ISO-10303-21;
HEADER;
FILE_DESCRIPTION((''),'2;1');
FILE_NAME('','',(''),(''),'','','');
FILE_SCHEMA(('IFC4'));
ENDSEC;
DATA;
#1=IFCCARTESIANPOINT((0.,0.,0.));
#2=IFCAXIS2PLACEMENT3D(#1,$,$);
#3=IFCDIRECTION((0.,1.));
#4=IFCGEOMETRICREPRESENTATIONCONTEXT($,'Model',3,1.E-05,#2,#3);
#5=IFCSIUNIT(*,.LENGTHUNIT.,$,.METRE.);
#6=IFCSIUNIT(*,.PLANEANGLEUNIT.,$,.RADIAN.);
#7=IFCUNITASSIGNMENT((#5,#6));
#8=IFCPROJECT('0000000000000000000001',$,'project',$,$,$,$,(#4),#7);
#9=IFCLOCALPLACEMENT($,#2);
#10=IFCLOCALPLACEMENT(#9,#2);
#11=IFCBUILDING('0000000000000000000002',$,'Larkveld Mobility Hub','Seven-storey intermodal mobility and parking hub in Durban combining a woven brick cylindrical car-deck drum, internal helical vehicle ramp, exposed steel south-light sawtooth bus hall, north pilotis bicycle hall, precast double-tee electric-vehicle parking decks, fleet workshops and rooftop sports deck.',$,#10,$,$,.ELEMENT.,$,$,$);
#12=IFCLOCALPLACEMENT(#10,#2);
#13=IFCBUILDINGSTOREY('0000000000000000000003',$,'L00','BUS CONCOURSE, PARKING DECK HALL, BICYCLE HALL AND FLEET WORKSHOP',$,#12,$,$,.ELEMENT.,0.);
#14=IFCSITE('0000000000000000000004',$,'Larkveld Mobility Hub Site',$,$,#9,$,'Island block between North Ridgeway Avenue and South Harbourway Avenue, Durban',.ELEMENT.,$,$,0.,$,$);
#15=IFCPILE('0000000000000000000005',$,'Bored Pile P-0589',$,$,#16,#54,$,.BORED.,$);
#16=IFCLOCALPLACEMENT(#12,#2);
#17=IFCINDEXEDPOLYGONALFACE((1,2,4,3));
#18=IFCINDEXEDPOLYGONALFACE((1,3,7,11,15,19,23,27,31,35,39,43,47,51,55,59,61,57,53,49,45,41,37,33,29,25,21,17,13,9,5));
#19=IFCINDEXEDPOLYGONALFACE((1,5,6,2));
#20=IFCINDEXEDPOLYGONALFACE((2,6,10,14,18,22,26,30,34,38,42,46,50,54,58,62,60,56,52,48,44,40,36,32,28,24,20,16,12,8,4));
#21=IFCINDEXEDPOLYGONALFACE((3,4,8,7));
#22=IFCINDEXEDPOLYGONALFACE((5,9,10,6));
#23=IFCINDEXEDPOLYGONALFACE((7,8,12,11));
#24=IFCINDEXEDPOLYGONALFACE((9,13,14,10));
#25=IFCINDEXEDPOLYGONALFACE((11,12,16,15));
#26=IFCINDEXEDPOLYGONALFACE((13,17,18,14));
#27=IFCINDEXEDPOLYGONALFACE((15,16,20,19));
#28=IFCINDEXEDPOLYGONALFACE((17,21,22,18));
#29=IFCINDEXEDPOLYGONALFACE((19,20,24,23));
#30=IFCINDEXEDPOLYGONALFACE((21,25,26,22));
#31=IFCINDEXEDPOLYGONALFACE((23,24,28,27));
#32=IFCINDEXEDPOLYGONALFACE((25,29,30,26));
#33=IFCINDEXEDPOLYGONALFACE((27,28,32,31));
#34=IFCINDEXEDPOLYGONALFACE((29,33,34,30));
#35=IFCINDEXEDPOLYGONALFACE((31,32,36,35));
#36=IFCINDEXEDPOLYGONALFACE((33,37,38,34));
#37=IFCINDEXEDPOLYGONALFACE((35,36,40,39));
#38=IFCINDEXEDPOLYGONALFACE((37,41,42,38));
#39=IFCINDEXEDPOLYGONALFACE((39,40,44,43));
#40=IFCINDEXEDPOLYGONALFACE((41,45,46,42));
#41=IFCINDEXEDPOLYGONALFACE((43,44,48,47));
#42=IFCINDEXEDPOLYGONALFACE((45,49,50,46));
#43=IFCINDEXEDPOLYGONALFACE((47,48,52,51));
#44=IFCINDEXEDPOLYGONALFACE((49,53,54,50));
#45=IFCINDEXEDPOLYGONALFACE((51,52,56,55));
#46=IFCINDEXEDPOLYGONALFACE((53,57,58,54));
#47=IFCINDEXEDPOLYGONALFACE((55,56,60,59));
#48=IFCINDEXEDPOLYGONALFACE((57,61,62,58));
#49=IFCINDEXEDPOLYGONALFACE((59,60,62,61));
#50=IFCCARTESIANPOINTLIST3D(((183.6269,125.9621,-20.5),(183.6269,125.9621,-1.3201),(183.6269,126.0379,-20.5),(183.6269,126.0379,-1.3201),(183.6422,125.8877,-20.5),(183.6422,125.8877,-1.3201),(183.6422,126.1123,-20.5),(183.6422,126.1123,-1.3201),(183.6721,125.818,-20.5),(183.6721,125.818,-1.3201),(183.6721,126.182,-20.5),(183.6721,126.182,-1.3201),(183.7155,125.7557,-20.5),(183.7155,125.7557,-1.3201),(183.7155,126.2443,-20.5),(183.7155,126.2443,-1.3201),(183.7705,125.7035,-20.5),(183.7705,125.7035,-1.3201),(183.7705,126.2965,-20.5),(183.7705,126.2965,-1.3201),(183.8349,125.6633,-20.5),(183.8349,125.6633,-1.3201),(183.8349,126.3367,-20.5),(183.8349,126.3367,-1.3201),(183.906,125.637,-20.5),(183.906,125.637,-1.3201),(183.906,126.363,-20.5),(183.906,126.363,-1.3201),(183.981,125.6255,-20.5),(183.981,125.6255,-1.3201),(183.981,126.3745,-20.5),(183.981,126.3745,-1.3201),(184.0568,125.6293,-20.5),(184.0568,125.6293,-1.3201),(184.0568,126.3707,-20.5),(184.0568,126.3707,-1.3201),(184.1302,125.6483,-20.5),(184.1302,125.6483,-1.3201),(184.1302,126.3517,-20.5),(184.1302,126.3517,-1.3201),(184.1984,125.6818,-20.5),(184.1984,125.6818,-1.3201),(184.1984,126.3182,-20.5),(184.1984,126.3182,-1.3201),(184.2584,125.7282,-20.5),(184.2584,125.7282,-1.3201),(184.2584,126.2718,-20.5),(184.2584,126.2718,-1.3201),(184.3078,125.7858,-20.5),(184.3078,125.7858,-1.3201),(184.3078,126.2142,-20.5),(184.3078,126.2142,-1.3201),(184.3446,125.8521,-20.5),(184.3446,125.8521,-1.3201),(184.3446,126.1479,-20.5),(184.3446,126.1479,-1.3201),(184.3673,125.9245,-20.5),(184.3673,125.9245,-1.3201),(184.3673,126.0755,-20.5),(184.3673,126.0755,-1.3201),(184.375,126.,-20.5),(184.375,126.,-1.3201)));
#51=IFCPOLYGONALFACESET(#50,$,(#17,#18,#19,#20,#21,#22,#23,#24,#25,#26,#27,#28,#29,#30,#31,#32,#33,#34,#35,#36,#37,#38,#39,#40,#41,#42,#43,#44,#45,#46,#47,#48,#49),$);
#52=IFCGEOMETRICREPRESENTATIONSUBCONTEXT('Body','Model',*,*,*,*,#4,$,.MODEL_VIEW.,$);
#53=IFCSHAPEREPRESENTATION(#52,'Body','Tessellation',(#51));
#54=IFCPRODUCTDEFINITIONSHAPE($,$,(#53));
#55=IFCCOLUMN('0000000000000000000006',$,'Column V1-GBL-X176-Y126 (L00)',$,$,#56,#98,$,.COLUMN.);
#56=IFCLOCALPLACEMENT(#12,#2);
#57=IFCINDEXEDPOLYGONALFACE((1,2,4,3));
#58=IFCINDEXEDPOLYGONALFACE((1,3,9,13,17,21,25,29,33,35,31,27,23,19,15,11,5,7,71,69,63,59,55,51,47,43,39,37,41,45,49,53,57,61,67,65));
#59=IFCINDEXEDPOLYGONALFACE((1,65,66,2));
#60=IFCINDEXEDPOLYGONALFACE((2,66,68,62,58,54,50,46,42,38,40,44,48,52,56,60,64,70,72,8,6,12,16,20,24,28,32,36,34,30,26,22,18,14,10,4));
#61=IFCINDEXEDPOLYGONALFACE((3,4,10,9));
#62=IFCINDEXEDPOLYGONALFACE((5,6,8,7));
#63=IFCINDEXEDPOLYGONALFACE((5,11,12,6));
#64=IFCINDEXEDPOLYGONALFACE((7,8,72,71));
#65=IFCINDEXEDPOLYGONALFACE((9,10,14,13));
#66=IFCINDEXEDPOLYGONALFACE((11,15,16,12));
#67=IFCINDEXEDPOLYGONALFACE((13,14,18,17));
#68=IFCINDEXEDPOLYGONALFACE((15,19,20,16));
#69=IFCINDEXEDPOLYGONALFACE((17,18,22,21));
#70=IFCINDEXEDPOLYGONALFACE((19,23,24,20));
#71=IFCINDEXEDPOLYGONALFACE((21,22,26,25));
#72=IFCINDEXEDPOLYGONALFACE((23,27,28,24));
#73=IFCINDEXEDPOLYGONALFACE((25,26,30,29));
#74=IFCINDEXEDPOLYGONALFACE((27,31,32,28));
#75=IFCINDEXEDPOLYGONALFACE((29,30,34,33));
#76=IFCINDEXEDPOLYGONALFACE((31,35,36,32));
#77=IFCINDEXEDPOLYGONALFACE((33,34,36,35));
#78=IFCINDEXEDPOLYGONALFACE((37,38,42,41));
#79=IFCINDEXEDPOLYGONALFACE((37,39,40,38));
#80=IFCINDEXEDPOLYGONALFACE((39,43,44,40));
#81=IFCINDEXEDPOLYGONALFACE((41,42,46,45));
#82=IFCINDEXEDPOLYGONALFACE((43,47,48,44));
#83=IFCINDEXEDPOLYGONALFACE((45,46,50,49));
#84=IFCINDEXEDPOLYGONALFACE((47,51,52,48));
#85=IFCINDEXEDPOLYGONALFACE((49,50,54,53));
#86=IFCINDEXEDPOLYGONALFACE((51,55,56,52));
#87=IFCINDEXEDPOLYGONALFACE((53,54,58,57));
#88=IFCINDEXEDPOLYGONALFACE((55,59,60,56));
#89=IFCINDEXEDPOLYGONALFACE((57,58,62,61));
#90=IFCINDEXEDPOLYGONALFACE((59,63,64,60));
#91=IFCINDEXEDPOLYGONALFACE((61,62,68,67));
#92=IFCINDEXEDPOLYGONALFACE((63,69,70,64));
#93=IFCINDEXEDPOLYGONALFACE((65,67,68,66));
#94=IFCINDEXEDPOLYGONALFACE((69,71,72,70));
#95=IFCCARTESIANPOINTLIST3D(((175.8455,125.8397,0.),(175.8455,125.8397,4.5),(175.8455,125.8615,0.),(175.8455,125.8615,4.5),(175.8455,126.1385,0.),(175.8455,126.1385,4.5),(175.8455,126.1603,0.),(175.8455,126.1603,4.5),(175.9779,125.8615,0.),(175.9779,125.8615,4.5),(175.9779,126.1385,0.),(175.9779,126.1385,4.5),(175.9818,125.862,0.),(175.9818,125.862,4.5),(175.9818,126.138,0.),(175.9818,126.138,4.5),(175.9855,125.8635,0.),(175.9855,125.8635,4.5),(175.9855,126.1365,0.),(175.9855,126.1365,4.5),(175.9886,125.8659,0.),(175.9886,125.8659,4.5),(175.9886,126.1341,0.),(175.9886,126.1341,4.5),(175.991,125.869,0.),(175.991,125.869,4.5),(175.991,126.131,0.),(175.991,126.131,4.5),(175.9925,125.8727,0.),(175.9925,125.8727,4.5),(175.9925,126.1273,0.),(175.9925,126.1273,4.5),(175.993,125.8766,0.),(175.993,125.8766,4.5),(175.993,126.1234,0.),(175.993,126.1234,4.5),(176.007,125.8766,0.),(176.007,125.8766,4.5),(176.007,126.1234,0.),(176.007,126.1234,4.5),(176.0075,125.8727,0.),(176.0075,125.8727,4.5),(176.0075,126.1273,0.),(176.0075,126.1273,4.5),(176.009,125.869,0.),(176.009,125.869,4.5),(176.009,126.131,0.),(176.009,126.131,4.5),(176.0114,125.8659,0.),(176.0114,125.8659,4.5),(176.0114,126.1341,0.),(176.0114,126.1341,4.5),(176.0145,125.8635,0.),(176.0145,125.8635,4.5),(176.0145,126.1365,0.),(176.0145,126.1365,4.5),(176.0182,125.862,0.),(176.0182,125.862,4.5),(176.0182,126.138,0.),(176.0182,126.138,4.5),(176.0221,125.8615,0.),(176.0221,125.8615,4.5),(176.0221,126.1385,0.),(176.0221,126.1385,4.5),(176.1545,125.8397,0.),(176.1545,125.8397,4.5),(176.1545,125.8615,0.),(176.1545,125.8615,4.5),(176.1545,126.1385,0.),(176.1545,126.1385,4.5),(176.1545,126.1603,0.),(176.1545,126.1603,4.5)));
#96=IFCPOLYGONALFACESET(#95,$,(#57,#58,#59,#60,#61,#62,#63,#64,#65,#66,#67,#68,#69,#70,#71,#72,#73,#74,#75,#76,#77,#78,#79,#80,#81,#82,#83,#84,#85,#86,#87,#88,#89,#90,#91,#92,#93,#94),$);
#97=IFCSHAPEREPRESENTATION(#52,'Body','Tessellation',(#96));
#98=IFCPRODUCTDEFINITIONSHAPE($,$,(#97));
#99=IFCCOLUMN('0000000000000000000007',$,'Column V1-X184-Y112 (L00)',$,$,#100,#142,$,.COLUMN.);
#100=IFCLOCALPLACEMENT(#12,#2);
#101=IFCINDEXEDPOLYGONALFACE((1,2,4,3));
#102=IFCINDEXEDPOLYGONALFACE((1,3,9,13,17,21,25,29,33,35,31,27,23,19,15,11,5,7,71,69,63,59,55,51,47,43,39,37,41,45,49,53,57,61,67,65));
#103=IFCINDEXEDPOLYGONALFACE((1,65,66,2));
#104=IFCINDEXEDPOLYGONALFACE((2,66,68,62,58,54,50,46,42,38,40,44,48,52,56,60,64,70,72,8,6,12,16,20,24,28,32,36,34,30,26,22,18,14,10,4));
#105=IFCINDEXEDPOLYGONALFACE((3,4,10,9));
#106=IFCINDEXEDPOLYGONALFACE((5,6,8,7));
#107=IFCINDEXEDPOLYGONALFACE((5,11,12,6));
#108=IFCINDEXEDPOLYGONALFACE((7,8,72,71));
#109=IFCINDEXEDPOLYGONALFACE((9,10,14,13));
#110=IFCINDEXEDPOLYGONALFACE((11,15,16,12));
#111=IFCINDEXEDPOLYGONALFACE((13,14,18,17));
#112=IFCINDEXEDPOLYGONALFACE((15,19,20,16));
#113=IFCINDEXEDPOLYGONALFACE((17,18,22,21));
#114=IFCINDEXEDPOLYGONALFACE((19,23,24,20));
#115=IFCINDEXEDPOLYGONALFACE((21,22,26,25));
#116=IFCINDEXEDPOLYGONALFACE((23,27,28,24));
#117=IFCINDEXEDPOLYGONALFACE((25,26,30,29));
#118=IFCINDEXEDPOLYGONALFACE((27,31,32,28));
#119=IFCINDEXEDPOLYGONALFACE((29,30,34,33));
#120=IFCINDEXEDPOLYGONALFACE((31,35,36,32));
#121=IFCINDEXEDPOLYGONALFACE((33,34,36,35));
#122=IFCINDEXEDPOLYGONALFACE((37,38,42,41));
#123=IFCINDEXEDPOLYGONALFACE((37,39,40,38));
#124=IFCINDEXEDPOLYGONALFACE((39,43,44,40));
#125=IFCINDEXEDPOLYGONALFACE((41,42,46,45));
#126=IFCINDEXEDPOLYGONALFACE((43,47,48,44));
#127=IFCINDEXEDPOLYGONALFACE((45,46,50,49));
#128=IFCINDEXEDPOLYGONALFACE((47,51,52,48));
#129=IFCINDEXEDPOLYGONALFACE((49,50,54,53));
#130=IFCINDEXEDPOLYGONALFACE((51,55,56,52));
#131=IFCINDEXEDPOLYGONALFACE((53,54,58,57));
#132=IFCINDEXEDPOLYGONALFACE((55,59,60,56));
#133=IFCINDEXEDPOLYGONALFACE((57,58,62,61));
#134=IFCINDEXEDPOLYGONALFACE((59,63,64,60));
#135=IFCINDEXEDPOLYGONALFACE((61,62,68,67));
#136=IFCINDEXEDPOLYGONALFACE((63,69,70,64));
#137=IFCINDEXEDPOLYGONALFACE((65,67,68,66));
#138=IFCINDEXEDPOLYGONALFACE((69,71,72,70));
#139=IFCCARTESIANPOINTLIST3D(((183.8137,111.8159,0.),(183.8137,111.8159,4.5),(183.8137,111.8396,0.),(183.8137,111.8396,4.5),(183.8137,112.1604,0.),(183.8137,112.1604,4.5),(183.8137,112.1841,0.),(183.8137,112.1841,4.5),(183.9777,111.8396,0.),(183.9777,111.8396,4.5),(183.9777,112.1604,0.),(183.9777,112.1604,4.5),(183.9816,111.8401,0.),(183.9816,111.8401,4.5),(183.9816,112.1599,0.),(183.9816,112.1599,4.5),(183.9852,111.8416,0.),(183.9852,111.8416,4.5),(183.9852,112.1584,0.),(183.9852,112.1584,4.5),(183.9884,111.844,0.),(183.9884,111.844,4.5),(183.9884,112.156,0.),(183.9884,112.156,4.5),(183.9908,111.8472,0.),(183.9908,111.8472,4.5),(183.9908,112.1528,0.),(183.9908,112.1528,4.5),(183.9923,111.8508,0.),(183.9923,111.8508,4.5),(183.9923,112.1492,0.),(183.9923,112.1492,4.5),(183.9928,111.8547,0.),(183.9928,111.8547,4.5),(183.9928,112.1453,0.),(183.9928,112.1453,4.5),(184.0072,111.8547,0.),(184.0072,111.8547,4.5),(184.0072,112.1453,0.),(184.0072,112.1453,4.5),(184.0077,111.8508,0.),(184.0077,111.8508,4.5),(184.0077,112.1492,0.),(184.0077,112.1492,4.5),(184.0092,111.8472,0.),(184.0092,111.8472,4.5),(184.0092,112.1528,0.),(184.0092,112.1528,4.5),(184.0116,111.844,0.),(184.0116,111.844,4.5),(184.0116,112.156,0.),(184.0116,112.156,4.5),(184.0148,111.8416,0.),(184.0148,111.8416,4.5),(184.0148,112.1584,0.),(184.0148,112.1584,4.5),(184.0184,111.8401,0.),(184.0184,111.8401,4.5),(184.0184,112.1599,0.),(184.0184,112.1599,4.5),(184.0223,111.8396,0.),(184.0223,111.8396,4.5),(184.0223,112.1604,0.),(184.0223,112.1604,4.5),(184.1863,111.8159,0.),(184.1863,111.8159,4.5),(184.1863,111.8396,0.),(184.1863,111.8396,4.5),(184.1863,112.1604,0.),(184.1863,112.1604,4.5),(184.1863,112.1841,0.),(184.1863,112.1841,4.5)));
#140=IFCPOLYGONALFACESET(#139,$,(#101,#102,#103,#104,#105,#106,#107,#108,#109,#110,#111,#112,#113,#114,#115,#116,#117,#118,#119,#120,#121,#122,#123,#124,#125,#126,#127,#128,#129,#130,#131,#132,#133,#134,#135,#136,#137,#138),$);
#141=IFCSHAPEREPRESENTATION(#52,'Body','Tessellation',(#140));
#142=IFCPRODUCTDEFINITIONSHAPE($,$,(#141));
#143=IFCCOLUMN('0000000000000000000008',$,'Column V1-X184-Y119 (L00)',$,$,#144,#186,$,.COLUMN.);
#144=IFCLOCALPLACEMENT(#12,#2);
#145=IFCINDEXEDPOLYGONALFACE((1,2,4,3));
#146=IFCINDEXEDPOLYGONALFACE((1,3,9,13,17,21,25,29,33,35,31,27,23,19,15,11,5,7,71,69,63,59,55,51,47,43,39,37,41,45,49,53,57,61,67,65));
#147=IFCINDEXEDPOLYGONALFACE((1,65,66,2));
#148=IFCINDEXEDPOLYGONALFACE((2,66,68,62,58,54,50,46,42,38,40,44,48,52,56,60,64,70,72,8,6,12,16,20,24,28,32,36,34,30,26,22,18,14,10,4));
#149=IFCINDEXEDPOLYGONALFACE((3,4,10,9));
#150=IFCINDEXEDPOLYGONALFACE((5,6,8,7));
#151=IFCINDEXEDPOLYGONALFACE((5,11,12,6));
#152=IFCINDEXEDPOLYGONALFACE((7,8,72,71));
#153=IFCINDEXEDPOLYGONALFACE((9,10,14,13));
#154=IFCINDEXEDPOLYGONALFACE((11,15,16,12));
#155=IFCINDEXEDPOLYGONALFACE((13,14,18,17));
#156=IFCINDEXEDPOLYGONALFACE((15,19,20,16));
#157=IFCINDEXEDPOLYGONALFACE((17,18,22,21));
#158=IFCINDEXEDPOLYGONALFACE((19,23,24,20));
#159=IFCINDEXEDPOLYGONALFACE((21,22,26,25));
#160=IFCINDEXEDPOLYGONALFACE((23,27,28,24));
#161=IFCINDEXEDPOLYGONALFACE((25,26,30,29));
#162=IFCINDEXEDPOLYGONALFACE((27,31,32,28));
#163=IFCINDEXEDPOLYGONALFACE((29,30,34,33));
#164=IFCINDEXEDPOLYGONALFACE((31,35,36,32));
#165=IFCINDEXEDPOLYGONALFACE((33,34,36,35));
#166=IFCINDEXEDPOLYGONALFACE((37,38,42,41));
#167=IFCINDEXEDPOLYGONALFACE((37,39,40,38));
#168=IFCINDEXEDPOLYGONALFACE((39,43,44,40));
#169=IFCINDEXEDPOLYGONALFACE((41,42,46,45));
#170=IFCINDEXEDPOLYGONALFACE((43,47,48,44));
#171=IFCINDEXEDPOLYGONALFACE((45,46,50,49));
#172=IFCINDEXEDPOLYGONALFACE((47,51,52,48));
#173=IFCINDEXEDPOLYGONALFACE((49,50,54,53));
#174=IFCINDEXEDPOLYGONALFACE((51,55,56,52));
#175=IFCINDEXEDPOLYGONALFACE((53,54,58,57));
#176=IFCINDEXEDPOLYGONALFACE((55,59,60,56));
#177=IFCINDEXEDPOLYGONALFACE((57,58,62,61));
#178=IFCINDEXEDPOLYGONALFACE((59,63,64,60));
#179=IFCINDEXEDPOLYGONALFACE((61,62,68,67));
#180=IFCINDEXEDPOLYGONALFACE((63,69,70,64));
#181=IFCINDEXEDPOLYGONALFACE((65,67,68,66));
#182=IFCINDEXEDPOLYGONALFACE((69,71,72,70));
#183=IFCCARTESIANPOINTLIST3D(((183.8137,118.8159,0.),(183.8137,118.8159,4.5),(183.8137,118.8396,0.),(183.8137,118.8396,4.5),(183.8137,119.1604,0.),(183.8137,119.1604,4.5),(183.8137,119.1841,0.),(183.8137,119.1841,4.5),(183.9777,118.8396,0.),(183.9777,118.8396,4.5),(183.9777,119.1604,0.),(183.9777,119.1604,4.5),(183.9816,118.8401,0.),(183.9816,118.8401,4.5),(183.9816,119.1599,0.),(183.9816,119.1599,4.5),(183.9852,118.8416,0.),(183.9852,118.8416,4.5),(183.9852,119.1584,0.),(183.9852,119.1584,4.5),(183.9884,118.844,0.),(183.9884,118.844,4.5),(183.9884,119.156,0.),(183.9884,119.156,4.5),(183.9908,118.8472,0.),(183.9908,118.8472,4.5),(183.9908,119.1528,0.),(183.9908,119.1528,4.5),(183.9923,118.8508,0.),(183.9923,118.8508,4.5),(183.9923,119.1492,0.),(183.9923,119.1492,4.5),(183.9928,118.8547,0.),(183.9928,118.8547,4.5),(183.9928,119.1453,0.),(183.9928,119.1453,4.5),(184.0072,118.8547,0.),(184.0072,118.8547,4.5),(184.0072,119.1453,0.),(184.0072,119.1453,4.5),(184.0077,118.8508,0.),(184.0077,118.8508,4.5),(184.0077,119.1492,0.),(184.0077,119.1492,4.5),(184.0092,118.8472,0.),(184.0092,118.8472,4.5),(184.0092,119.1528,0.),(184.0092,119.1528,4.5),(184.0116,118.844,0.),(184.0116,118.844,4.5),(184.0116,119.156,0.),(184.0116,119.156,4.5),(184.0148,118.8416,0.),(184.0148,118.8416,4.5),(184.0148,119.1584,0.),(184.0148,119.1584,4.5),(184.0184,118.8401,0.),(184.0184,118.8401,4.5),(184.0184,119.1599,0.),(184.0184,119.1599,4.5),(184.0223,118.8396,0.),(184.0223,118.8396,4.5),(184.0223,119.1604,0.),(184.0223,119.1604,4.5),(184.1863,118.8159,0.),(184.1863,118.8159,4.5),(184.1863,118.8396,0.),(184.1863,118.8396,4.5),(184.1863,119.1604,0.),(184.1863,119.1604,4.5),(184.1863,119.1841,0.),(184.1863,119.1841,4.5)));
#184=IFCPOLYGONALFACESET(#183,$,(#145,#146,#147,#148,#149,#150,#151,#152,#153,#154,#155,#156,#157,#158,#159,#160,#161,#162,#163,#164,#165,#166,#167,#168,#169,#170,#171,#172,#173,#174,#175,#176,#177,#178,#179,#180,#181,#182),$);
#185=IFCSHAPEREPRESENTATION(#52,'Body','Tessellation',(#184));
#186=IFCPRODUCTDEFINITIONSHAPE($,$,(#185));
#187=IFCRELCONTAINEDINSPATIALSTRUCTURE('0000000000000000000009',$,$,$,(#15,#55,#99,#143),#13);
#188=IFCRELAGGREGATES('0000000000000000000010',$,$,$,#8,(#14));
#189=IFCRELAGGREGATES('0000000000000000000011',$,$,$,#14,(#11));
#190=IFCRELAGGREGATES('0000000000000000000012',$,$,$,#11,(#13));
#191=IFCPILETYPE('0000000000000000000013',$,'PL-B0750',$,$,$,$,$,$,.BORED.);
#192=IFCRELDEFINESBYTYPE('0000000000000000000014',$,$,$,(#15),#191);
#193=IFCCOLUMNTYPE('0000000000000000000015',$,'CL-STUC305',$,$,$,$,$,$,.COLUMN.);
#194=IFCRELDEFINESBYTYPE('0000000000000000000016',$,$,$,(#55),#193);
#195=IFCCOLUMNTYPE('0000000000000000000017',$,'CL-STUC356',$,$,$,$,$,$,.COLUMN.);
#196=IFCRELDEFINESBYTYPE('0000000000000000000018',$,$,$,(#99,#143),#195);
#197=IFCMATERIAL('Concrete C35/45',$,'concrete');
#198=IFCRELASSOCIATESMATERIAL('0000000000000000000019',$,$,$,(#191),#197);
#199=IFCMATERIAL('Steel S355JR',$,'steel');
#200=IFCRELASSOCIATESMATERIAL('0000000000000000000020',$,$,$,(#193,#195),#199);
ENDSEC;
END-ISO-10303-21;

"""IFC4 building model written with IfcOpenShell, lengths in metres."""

from ifc_helpers import new_model, si_unit, direction, frame, origin, origin_2d, place, context, subcontext, project, spatial, circle, i_section, extrude, material, material_profile, profile_set, type_object, element, save


model = new_model("IFC4")

# Units and contexts
model_context = context("Model", 3, precision=1e-05, world=origin(), true_north=direction((0.0, 1.0)))
body_context = subcontext(model_context, "Body", "Model", "MODEL_VIEW")
ifc_project = project(units=[si_unit("LENGTHUNIT", "METRE"), si_unit("PLANEANGLEUNIT", "RADIAN")], contexts=[model_context])

# Site, building, storey
site_placement = place(None, origin())
site = spatial("IfcSite", under=ifc_project, at=site_placement, Name="Larkveld Mobility Hub Site", LongName="Island block between North Ridgeway Avenue and South Harbourway Avenue, Durban", CompositionType="ELEMENT", RefElevation=0.0)
building_placement = place(site_placement, origin())
building = spatial("IfcBuilding", under=site, at=building_placement, Name="Larkveld Mobility Hub", Description="Seven-storey intermodal mobility and parking hub in Durban combining a woven brick cylindrical car-deck drum, internal helical vehicle ramp, exposed steel south-light sawtooth bus hall, north pilotis bicycle hall, precast double-tee electric-vehicle parking decks, fleet workshops and rooftop sports deck.", CompositionType="ELEMENT")
storey_placement = place(building_placement, origin())
storey = spatial("IfcBuildingStorey", under=building, at=storey_placement, Name="L00", Description="BUS CONCOURSE, PARKING DECK HALL, BICYCLE HALL AND FLEET WORKSHOP", CompositionType="ELEMENT", Elevation=0.0)

# Shared definitions
ifc_material_1 = material(Name="Concrete C35/45", Category="concrete")

# Pile
ifc_material_profile_1 = material_profile(ifc_material_1, circle(Radius=0.375, at=origin_2d()), Name="PILE D750")
ifc_profile_set_1 = profile_set([ifc_material_profile_1], Name="Concrete C35/45")
pile_type = type_object("IfcPileType", Name="PL-B0750", PredefinedType="BORED", material=ifc_profile_set_1)
pile_1_placement = place(storey_placement, frame((184.0, 126.0, -1.3201), z_axis=(0.0, 0.0, -1.0), x_axis=(1.0, 0.0, 0.0)))
element("IfcPile", 1, at=pile_1_placement, inside=storey, type_object=pile_type, Name="Bored Pile P-0589", PredefinedType="BORED", context=body_context, shape_type="SweptSolid", body=[
    extrude(circle(Radius=0.375, at=origin_2d()), origin(), (0.0, 0.0, 1.0), 19.1799),
])

# Columns
ifc_material_2 = material(Name="Steel S355JR", Category="steel")
ifc_material_profile_2 = material_profile(ifc_material_2, i_section(OverallWidth=0.3091, OverallDepth=0.3206, WebThickness=0.0139, FlangeThickness=0.0217, FilletRadius=0.0151, at=origin_2d()), Name="UC 305x305x137")
ifc_profile_set_2 = profile_set([ifc_material_profile_2], Name="Steel S355JR")
column_type_1 = type_object("IfcColumnType", Name="CL-STUC305", PredefinedType="COLUMN", material=ifc_profile_set_2)
column_placement = place(storey_placement, frame((176.0, 126.0, 0.0), z_axis=(0.0, 0.0, 1.0), x_axis=(1.0, 0.0, 0.0)))
element("IfcColumn", 2, at=column_placement, inside=storey, type_object=column_type_1, Name="Column V1-GBL-X176-Y126 (L00)", PredefinedType="COLUMN", context=body_context, shape_type="SweptSolid", body=[
    extrude(i_section(OverallWidth=0.3091, OverallDepth=0.3206, WebThickness=0.0139, FlangeThickness=0.0217, FilletRadius=0.0151, at=origin_2d()), origin(), (0.0, 0.0, 1.0), 4.5),
])
ifc_material_profile_3 = material_profile(ifc_material_2, i_section(OverallWidth=0.3726, OverallDepth=0.3682, WebThickness=0.0144, FlangeThickness=0.0237, FilletRadius=0.0151, at=origin_2d()), Name="UC 356x368x177")
ifc_profile_set_3 = profile_set([ifc_material_profile_3], Name="Steel S355JR")
column_type_2 = type_object("IfcColumnType", Name="CL-STUC356", PredefinedType="COLUMN", material=ifc_profile_set_3)
for number, where, z_axis, x_axis, name in (
    (3, (184.0, 112.0, 0.0), (0.0, 0.0, 1.0), (1.0, 0.0, 0.0), "Column V1-X184-Y112 (L00)"),
    (4, (184.0, 119.0, 0.0), (0.0, 0.0, 1.0), (1.0, 0.0, 0.0), "Column V1-X184-Y119 (L00)"),
):
    element("IfcColumn", number, at=place(storey_placement, frame(where, z_axis=z_axis, x_axis=x_axis)), inside=storey, type_object=column_type_2, Name=name, PredefinedType="COLUMN", context=body_context, shape_type="SweptSolid", body=[
        extrude(i_section(OverallWidth=0.3726, OverallDepth=0.3682, WebThickness=0.0144, FlangeThickness=0.0237, FilletRadius=0.0151, at=origin_2d()), origin(), (0.0, 0.0, 1.0), 4.5),
    ])

save(model, "model.ifc")
